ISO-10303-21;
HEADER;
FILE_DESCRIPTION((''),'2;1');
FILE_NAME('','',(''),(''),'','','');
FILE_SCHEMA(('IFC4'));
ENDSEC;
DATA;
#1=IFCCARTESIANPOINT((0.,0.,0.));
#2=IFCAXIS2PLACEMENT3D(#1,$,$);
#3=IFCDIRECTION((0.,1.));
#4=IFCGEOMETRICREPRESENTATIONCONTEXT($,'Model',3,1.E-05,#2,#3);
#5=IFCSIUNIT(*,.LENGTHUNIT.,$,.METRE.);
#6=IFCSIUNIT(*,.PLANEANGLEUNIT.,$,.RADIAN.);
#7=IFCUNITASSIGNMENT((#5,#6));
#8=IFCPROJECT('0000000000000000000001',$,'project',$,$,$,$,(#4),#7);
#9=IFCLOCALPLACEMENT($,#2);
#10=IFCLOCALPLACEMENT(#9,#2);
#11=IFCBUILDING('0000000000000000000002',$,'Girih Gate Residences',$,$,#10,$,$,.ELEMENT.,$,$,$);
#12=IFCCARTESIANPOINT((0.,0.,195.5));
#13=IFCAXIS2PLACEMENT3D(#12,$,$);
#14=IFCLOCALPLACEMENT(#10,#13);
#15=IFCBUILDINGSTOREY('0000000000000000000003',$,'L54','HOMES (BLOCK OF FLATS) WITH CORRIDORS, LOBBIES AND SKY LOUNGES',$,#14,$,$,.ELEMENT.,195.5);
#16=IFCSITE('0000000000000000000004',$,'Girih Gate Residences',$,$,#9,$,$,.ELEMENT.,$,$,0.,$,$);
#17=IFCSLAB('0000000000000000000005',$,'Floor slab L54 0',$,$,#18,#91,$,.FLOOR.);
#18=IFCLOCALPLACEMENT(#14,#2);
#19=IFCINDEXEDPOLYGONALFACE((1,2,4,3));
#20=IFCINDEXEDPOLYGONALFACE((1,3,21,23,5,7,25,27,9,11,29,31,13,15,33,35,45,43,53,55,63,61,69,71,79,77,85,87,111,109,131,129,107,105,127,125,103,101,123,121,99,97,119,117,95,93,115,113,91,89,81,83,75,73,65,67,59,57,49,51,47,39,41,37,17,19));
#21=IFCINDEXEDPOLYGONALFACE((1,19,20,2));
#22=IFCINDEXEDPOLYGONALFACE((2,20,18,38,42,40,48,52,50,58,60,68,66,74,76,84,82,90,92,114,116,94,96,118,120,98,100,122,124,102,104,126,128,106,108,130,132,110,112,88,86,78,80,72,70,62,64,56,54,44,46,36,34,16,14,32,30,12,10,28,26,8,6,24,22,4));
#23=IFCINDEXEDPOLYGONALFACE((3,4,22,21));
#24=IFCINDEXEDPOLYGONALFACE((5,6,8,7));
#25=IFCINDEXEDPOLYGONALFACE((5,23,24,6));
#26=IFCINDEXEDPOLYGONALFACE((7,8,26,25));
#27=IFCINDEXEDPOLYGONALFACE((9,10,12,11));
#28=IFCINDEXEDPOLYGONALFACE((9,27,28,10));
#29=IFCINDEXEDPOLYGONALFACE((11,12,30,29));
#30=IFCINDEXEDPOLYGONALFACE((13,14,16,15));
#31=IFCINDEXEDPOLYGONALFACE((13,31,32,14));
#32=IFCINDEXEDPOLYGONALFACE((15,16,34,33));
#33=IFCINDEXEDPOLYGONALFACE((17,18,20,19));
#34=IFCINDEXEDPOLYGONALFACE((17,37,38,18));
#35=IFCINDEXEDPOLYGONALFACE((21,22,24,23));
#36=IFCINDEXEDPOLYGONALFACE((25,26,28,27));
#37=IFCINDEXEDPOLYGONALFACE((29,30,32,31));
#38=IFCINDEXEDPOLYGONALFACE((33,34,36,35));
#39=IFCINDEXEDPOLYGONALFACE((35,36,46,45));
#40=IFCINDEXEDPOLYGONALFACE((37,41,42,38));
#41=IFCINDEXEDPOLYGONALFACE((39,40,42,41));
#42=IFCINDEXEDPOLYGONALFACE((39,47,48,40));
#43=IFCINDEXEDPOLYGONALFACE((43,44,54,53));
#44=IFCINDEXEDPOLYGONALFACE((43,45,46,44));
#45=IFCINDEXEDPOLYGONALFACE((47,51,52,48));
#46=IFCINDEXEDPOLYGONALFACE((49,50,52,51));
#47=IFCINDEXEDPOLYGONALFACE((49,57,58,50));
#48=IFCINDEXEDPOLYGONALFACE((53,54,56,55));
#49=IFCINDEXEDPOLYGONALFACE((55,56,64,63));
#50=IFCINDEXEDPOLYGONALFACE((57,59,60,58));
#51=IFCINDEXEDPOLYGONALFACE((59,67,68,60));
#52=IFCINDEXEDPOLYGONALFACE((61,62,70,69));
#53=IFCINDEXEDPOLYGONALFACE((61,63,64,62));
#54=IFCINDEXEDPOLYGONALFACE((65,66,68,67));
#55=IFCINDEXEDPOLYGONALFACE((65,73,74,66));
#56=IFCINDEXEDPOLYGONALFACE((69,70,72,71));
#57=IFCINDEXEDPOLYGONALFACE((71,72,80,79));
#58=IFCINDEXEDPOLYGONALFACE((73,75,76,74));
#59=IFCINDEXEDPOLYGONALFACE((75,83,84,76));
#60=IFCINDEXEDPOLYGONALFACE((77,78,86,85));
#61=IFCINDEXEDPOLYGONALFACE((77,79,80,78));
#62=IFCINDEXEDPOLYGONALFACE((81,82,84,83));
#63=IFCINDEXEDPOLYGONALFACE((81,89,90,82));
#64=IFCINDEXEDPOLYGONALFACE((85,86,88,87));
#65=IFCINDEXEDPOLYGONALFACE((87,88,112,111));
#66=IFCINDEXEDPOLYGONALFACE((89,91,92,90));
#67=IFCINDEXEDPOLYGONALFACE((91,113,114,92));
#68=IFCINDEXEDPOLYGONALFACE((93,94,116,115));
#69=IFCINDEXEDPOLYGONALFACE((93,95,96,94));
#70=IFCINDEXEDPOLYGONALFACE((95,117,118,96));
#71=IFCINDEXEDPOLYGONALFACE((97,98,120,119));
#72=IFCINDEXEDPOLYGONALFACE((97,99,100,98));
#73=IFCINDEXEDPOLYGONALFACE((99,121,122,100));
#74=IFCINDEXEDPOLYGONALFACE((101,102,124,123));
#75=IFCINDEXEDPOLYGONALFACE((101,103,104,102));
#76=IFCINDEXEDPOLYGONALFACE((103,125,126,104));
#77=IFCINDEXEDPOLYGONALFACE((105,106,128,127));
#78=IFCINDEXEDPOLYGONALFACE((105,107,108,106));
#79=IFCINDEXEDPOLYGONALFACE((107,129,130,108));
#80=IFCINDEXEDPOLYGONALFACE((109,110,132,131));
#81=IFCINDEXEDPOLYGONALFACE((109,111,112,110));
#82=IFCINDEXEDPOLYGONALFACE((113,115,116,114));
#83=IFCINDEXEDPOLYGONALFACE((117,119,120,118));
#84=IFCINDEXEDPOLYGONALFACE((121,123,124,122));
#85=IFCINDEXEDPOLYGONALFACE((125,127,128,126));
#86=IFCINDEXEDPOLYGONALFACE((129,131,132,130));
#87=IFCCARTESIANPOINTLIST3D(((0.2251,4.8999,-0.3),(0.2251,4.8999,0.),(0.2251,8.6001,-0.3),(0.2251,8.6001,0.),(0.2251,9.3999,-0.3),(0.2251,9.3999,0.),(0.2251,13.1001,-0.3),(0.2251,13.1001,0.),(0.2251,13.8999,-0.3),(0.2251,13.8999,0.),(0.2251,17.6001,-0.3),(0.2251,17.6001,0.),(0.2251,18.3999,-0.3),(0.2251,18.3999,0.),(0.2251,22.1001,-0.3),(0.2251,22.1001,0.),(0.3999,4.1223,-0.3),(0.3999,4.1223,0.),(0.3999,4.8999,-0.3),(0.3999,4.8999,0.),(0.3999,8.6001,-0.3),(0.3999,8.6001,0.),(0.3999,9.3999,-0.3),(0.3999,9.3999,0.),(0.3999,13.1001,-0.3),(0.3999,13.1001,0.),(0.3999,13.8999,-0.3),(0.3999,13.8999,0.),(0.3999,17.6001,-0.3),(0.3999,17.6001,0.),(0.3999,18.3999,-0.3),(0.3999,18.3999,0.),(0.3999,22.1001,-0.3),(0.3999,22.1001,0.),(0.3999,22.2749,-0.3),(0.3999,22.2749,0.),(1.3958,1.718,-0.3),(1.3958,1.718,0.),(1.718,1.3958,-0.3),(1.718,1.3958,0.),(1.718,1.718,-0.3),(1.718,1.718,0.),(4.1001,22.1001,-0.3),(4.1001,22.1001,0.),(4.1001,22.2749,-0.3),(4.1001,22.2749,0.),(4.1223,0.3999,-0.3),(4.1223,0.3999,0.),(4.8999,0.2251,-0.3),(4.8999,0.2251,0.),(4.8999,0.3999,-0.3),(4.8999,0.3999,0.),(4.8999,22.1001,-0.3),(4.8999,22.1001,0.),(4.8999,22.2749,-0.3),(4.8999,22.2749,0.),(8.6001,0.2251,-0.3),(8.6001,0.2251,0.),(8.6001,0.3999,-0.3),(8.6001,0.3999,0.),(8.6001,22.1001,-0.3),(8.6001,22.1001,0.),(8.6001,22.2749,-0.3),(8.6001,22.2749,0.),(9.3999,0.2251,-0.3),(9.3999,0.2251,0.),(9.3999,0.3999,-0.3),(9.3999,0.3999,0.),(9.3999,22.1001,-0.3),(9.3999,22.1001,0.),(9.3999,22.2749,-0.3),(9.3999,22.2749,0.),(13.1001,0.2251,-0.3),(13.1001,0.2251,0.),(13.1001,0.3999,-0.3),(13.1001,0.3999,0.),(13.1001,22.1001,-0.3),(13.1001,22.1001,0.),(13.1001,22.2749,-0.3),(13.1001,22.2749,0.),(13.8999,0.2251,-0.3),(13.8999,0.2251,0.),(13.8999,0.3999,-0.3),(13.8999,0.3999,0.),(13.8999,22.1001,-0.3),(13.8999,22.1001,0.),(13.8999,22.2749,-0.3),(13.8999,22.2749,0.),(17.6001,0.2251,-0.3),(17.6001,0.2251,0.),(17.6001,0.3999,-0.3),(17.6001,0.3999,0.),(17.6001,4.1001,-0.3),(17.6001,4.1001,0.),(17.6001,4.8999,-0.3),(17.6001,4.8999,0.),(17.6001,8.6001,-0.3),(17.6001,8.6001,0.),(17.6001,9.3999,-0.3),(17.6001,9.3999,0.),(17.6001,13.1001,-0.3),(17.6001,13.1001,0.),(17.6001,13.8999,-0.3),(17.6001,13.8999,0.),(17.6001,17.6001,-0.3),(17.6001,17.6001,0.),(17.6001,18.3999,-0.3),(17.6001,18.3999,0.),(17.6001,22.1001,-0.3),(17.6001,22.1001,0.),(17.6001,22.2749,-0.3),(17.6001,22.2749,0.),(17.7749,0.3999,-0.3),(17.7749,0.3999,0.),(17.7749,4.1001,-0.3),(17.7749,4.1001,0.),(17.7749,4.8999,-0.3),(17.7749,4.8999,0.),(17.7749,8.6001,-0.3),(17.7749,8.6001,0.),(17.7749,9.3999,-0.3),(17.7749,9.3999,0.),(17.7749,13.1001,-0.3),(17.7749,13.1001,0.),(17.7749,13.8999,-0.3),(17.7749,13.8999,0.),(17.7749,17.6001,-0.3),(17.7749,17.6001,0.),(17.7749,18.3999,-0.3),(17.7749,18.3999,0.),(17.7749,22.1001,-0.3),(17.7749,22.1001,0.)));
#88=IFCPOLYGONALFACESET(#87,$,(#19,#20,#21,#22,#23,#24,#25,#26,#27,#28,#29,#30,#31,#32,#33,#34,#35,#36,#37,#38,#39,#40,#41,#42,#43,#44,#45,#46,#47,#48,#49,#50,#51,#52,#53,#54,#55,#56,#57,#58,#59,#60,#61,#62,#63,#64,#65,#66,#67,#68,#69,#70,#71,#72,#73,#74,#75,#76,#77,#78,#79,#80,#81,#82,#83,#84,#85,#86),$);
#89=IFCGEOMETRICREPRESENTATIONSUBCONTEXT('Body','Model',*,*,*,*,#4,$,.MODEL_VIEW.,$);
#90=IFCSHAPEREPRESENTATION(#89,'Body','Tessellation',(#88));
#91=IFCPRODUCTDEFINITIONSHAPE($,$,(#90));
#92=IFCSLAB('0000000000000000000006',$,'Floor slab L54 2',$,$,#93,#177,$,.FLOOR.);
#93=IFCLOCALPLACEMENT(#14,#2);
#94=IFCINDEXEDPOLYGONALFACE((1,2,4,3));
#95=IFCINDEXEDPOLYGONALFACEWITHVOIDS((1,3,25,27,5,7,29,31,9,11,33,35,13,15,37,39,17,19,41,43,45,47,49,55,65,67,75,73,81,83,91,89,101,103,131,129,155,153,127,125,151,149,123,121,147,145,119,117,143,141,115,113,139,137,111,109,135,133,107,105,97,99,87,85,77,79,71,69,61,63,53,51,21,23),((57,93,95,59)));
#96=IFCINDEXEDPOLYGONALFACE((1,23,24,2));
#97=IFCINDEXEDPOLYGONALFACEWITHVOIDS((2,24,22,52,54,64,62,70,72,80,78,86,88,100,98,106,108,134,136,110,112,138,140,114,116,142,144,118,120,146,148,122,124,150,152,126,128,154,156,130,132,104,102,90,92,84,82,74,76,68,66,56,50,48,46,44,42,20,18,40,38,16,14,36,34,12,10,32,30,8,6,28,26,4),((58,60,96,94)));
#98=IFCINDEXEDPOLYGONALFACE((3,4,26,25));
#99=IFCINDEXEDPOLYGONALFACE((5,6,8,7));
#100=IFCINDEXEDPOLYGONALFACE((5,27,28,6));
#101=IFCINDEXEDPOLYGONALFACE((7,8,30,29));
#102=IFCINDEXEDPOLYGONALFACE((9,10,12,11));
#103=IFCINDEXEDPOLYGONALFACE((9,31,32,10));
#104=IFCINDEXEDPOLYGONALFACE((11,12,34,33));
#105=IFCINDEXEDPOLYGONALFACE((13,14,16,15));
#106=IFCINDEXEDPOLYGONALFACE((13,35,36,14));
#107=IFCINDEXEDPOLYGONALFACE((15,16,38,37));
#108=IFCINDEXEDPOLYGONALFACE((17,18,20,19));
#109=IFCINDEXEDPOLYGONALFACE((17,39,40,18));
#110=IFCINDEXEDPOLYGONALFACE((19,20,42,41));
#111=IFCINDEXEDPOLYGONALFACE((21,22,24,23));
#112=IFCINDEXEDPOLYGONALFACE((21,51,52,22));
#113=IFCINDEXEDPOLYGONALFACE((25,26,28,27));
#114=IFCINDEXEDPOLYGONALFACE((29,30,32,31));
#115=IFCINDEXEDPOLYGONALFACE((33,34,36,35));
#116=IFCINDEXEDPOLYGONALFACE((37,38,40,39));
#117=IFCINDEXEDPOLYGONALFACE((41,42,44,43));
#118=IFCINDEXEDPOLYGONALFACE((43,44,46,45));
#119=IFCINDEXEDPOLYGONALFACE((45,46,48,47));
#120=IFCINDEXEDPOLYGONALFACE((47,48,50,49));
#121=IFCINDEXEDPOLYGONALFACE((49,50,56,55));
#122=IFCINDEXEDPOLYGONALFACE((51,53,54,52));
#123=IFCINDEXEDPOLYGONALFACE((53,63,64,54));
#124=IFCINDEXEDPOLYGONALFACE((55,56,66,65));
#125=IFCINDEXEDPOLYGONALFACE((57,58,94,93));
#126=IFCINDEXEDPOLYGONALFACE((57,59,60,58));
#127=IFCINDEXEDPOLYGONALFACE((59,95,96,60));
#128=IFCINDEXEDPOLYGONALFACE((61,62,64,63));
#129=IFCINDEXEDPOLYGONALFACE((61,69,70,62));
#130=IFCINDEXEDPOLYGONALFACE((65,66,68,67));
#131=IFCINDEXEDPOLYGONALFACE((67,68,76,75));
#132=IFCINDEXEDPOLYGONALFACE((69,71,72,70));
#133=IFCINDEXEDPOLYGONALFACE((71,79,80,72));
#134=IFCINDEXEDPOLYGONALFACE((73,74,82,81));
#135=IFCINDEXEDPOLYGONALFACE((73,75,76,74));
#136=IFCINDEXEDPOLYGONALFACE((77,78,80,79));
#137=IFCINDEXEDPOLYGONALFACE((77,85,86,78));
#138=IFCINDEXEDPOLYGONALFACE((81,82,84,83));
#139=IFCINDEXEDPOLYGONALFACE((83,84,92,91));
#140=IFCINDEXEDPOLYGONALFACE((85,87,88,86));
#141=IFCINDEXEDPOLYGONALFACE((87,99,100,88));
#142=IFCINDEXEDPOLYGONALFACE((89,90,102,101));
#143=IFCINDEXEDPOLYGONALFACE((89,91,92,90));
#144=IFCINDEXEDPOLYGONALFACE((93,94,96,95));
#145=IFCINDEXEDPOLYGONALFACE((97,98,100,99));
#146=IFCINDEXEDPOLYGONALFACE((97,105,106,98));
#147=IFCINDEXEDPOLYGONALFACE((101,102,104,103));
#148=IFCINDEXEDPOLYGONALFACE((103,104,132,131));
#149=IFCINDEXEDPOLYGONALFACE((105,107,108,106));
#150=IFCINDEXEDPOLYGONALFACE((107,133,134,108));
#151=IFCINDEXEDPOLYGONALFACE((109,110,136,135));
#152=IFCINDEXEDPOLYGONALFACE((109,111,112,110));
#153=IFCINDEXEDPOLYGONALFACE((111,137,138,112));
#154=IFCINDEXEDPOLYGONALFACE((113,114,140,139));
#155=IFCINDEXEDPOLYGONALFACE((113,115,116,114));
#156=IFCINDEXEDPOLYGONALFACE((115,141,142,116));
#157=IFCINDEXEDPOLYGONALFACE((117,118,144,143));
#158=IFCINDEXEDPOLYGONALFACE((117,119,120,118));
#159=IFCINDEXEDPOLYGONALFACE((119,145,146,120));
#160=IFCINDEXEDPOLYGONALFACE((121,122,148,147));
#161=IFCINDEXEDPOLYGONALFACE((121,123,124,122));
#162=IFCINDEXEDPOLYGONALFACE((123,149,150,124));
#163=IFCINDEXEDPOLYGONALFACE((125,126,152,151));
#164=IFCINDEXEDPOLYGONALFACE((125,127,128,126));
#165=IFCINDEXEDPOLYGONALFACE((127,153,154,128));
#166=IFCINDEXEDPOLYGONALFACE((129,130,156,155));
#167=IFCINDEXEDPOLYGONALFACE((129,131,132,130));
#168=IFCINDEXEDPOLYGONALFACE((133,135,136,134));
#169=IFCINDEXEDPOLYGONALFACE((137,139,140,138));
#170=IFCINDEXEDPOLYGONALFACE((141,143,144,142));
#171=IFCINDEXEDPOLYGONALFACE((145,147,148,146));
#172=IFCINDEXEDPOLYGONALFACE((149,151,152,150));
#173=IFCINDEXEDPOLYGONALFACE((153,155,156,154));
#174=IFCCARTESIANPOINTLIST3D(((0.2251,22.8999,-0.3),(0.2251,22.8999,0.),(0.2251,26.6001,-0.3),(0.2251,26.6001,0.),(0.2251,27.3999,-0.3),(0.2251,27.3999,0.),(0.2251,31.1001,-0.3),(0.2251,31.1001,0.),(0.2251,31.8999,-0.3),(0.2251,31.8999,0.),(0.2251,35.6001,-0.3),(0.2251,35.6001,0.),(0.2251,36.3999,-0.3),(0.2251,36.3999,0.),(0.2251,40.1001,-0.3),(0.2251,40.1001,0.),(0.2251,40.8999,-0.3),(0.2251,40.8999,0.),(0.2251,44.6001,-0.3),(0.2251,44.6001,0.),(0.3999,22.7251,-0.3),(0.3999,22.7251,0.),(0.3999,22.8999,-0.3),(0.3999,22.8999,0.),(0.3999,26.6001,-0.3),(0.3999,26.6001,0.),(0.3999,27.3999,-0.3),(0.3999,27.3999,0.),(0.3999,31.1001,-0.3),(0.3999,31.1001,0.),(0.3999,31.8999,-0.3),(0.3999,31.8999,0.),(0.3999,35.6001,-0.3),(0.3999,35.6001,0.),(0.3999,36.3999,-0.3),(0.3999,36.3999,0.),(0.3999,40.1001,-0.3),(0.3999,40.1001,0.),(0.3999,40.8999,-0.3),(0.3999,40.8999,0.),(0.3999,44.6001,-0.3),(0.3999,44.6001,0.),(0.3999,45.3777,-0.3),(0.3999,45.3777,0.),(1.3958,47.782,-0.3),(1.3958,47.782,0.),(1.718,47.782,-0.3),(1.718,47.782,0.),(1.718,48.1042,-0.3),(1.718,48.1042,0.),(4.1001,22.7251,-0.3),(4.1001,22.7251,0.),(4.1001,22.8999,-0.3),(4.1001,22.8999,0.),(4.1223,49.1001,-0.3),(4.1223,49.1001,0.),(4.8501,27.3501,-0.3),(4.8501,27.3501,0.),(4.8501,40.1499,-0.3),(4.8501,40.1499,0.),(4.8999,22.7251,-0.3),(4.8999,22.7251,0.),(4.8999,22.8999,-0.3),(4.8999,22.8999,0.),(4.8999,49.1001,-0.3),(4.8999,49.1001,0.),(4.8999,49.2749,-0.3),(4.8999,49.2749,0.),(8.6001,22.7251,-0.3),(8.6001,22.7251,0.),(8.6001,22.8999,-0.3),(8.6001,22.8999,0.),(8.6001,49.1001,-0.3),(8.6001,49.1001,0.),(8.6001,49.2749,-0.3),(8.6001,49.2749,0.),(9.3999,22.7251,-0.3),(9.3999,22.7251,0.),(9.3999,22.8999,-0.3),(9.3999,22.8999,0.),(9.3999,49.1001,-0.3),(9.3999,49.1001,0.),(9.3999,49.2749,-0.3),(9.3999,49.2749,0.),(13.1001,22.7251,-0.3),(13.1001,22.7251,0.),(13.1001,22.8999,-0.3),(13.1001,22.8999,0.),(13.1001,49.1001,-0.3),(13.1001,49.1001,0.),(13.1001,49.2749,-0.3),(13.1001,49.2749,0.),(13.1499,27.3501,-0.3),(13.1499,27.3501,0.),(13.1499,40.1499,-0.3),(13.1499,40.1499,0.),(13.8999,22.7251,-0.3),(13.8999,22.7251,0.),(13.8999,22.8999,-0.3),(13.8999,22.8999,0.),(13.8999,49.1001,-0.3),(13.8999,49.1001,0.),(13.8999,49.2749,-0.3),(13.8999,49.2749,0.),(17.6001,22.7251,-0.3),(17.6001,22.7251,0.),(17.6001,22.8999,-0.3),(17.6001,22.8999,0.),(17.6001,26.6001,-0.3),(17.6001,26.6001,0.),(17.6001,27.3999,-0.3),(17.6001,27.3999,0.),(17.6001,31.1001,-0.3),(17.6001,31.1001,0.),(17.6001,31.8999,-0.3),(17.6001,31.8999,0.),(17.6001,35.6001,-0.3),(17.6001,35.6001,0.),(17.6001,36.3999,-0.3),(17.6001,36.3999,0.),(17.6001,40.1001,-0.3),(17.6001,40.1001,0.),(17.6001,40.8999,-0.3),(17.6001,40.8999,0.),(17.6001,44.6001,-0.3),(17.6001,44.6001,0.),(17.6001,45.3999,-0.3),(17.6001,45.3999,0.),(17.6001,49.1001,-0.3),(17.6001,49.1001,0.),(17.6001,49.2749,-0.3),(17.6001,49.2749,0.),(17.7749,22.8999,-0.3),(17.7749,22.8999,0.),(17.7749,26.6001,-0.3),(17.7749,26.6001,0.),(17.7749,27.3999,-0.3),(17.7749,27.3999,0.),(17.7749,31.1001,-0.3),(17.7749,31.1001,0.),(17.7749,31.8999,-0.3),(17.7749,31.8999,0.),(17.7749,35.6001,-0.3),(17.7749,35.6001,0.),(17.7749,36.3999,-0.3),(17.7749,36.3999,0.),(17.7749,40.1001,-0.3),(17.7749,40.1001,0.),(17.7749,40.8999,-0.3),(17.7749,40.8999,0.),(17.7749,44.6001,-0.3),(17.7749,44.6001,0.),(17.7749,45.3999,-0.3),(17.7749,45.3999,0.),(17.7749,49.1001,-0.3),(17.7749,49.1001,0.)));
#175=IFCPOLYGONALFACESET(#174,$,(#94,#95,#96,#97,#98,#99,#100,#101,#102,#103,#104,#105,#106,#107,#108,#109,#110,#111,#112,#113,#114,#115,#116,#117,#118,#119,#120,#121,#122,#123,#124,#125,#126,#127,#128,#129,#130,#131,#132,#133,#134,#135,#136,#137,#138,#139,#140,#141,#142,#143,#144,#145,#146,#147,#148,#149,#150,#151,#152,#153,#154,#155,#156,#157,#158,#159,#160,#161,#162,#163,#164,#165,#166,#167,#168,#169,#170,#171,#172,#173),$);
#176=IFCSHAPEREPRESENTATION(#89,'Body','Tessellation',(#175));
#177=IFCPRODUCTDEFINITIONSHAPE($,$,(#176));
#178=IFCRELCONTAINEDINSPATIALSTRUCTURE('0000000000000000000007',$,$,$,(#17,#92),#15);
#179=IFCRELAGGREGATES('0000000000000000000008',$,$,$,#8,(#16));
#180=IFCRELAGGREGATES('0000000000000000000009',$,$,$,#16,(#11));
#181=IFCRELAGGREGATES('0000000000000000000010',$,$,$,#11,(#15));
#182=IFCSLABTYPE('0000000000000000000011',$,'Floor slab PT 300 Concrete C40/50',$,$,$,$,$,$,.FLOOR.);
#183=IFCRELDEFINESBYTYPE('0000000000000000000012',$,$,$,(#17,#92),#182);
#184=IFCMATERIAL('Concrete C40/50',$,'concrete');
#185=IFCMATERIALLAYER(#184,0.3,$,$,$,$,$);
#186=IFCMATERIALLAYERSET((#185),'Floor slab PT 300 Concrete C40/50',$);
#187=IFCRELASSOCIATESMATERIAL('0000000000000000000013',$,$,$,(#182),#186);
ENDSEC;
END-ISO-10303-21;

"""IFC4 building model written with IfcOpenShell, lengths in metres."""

from ifc_helpers import new_model, si_unit, direction, frame, origin, place, context, subcontext, project, spatial, polyline, outline, extrude, material, layer, layer_set, type_object, element, save


model = new_model("IFC4")

# Units and contexts
model_context = context("Model", 3, precision=1e-05, world=origin(), true_north=direction((0.0, 1.0)))
body_context = subcontext(model_context, "Body", "Model", "MODEL_VIEW")
ifc_project = project(units=[si_unit("LENGTHUNIT", "METRE"), si_unit("PLANEANGLEUNIT", "RADIAN")], contexts=[model_context])

# Site, building, storey
site_placement = place(None, origin())
site = spatial("IfcSite", under=ifc_project, at=site_placement, Name="Girih Gate Residences", CompositionType="ELEMENT", RefElevation=0.0)
building_placement = place(site_placement, origin())
building = spatial("IfcBuilding", under=site, at=building_placement, Name="Girih Gate Residences", CompositionType="ELEMENT")
storey_placement = place(building_placement, frame((0.0, 0.0, 195.5)))
storey = spatial("IfcBuildingStorey", under=building, at=storey_placement, Name="L54", Description="HOMES (BLOCK OF FLATS) WITH CORRIDORS, LOBBIES AND SKY LOUNGES", CompositionType="ELEMENT", Elevation=195.5)

# Slabs
ifc_material_1 = material(Name="Concrete C40/50", Category="concrete")
ifc_layer_1 = layer(ifc_material_1, 0.3)
ifc_layer_set_1 = layer_set([ifc_layer_1], Name="Floor slab PT 300 Concrete C40/50")
slab_type_1 = type_object("IfcSlabType", Name="Floor slab PT 300 Concrete C40/50", PredefinedType="FLOOR", material=ifc_layer_set_1)
slab_1_placement = place(storey_placement, frame((0.0, 0.0, -0.3)))
element("IfcSlab", 1, at=slab_1_placement, inside=storey, type_object=slab_type_1, Name="Floor slab L54 0", PredefinedType="FLOOR", context=body_context, shape_type="SweptSolid", body=[
    extrude(outline(polyline([(13.8999, 0.2251), (17.6001, 0.2251), (17.6001, 0.3999), (17.7749, 0.3999), (17.7749, 4.1001), (17.6001, 4.1001), (17.6001, 4.8999), (17.7749, 4.8999), (17.7749, 8.6001), (17.6001, 8.6001), (17.6001, 9.3999), (17.7749, 9.3999), (17.7749, 13.1001), (17.6001, 13.1001), (17.6001, 13.8999), (17.7749, 13.8999), (17.7749, 17.6001), (17.6001, 17.6001), (17.6001, 18.3999), (17.7749, 18.3999), (17.7749, 22.1001), (17.6001, 22.1001), (17.6001, 22.2749), (13.8999, 22.2749), (13.8999, 22.1001), (13.1001, 22.1001), (13.1001, 22.2749), (9.3999, 22.2749), (9.3999, 22.1001), (8.6001, 22.1001), (8.6001, 22.2749), (4.8999, 22.2749), (4.8999, 22.1001), (4.1001, 22.1001), (4.1001, 22.2749), (0.3999, 22.2749), (0.3999, 22.1001), (0.2251, 22.1001), (0.2251, 18.3999), (0.3999, 18.3999), (0.3999, 17.6001), (0.2251, 17.6001), (0.2251, 13.8999), (0.3999, 13.8999), (0.3999, 13.1001), (0.2251, 13.1001), (0.2251, 9.3999), (0.3999, 9.3999), (0.3999, 8.6001), (0.2251, 8.6001), (0.2251, 4.8999), (0.3999, 4.8999), (0.3999, 4.1223), (1.3958, 1.718), (1.718, 1.718), (1.718, 1.3958), (4.1223, 0.3999), (4.8999, 0.3999), (4.8999, 0.2251), (8.6001, 0.2251), (8.6001, 0.3999), (9.3999, 0.3999), (9.3999, 0.2251), (13.1001, 0.2251), (13.1001, 0.3999), (13.8999, 0.3999), (13.8999, 0.2251)])), origin(), (0.0, 0.0, 1.0), 0.3),
])
slab_2_placement = place(storey_placement, frame((0.0, 0.0, -0.3)))
element("IfcSlab", 2, at=slab_2_placement, inside=storey, type_object=slab_type_1, Name="Floor slab L54 2", PredefinedType="FLOOR", context=body_context, shape_type="SweptSolid", body=[
    extrude(outline(polyline([(0.2251, 26.6001), (0.2251, 22.8999), (0.3999, 22.8999), (0.3999, 22.7251), (4.1001, 22.7251), (4.1001, 22.8999), (4.8999, 22.8999), (4.8999, 22.7251), (8.6001, 22.7251), (8.6001, 22.8999), (9.3999, 22.8999), (9.3999, 22.7251), (13.1001, 22.7251), (13.1001, 22.8999), (13.8999, 22.8999), (13.8999, 22.7251), (17.6001, 22.7251), (17.6001, 22.8999), (17.7749, 22.8999), (17.7749, 26.6001), (17.6001, 26.6001), (17.6001, 27.3999), (17.7749, 27.3999), (17.7749, 31.1001), (17.6001, 31.1001), (17.6001, 31.8999), (17.7749, 31.8999), (17.7749, 35.6001), (17.6001, 35.6001), (17.6001, 36.3999), (17.7749, 36.3999), (17.7749, 40.1001), (17.6001, 40.1001), (17.6001, 40.8999), (17.7749, 40.8999), (17.7749, 44.6001), (17.6001, 44.6001), (17.6001, 45.3999), (17.7749, 45.3999), (17.7749, 49.1001), (17.6001, 49.1001), (17.6001, 49.2749), (13.8999, 49.2749), (13.8999, 49.1001), (13.1001, 49.1001), (13.1001, 49.2749), (9.3999, 49.2749), (9.3999, 49.1001), (8.6001, 49.1001), (8.6001, 49.2749), (4.8999, 49.2749), (4.8999, 49.1001), (4.1223, 49.1001), (1.718, 48.1042), (1.718, 47.782), (1.3958, 47.782), (0.3999, 45.3777), (0.3999, 44.6001), (0.2251, 44.6001), (0.2251, 40.8999), (0.3999, 40.8999), (0.3999, 40.1001), (0.2251, 40.1001), (0.2251, 36.3999), (0.3999, 36.3999), (0.3999, 35.6001), (0.2251, 35.6001), (0.2251, 31.8999), (0.3999, 31.8999), (0.3999, 31.1001), (0.2251, 31.1001), (0.2251, 27.3999), (0.3999, 27.3999), (0.3999, 26.6001), (0.2251, 26.6001)]), holes=[polyline([(13.1499, 40.1499), (13.1499, 27.3501), (4.8501, 27.3501), (4.8501, 40.1499), (13.1499, 40.1499)])]), origin(), (0.0, 0.0, 1.0), 0.3),
])

save(model, "model.ifc")
